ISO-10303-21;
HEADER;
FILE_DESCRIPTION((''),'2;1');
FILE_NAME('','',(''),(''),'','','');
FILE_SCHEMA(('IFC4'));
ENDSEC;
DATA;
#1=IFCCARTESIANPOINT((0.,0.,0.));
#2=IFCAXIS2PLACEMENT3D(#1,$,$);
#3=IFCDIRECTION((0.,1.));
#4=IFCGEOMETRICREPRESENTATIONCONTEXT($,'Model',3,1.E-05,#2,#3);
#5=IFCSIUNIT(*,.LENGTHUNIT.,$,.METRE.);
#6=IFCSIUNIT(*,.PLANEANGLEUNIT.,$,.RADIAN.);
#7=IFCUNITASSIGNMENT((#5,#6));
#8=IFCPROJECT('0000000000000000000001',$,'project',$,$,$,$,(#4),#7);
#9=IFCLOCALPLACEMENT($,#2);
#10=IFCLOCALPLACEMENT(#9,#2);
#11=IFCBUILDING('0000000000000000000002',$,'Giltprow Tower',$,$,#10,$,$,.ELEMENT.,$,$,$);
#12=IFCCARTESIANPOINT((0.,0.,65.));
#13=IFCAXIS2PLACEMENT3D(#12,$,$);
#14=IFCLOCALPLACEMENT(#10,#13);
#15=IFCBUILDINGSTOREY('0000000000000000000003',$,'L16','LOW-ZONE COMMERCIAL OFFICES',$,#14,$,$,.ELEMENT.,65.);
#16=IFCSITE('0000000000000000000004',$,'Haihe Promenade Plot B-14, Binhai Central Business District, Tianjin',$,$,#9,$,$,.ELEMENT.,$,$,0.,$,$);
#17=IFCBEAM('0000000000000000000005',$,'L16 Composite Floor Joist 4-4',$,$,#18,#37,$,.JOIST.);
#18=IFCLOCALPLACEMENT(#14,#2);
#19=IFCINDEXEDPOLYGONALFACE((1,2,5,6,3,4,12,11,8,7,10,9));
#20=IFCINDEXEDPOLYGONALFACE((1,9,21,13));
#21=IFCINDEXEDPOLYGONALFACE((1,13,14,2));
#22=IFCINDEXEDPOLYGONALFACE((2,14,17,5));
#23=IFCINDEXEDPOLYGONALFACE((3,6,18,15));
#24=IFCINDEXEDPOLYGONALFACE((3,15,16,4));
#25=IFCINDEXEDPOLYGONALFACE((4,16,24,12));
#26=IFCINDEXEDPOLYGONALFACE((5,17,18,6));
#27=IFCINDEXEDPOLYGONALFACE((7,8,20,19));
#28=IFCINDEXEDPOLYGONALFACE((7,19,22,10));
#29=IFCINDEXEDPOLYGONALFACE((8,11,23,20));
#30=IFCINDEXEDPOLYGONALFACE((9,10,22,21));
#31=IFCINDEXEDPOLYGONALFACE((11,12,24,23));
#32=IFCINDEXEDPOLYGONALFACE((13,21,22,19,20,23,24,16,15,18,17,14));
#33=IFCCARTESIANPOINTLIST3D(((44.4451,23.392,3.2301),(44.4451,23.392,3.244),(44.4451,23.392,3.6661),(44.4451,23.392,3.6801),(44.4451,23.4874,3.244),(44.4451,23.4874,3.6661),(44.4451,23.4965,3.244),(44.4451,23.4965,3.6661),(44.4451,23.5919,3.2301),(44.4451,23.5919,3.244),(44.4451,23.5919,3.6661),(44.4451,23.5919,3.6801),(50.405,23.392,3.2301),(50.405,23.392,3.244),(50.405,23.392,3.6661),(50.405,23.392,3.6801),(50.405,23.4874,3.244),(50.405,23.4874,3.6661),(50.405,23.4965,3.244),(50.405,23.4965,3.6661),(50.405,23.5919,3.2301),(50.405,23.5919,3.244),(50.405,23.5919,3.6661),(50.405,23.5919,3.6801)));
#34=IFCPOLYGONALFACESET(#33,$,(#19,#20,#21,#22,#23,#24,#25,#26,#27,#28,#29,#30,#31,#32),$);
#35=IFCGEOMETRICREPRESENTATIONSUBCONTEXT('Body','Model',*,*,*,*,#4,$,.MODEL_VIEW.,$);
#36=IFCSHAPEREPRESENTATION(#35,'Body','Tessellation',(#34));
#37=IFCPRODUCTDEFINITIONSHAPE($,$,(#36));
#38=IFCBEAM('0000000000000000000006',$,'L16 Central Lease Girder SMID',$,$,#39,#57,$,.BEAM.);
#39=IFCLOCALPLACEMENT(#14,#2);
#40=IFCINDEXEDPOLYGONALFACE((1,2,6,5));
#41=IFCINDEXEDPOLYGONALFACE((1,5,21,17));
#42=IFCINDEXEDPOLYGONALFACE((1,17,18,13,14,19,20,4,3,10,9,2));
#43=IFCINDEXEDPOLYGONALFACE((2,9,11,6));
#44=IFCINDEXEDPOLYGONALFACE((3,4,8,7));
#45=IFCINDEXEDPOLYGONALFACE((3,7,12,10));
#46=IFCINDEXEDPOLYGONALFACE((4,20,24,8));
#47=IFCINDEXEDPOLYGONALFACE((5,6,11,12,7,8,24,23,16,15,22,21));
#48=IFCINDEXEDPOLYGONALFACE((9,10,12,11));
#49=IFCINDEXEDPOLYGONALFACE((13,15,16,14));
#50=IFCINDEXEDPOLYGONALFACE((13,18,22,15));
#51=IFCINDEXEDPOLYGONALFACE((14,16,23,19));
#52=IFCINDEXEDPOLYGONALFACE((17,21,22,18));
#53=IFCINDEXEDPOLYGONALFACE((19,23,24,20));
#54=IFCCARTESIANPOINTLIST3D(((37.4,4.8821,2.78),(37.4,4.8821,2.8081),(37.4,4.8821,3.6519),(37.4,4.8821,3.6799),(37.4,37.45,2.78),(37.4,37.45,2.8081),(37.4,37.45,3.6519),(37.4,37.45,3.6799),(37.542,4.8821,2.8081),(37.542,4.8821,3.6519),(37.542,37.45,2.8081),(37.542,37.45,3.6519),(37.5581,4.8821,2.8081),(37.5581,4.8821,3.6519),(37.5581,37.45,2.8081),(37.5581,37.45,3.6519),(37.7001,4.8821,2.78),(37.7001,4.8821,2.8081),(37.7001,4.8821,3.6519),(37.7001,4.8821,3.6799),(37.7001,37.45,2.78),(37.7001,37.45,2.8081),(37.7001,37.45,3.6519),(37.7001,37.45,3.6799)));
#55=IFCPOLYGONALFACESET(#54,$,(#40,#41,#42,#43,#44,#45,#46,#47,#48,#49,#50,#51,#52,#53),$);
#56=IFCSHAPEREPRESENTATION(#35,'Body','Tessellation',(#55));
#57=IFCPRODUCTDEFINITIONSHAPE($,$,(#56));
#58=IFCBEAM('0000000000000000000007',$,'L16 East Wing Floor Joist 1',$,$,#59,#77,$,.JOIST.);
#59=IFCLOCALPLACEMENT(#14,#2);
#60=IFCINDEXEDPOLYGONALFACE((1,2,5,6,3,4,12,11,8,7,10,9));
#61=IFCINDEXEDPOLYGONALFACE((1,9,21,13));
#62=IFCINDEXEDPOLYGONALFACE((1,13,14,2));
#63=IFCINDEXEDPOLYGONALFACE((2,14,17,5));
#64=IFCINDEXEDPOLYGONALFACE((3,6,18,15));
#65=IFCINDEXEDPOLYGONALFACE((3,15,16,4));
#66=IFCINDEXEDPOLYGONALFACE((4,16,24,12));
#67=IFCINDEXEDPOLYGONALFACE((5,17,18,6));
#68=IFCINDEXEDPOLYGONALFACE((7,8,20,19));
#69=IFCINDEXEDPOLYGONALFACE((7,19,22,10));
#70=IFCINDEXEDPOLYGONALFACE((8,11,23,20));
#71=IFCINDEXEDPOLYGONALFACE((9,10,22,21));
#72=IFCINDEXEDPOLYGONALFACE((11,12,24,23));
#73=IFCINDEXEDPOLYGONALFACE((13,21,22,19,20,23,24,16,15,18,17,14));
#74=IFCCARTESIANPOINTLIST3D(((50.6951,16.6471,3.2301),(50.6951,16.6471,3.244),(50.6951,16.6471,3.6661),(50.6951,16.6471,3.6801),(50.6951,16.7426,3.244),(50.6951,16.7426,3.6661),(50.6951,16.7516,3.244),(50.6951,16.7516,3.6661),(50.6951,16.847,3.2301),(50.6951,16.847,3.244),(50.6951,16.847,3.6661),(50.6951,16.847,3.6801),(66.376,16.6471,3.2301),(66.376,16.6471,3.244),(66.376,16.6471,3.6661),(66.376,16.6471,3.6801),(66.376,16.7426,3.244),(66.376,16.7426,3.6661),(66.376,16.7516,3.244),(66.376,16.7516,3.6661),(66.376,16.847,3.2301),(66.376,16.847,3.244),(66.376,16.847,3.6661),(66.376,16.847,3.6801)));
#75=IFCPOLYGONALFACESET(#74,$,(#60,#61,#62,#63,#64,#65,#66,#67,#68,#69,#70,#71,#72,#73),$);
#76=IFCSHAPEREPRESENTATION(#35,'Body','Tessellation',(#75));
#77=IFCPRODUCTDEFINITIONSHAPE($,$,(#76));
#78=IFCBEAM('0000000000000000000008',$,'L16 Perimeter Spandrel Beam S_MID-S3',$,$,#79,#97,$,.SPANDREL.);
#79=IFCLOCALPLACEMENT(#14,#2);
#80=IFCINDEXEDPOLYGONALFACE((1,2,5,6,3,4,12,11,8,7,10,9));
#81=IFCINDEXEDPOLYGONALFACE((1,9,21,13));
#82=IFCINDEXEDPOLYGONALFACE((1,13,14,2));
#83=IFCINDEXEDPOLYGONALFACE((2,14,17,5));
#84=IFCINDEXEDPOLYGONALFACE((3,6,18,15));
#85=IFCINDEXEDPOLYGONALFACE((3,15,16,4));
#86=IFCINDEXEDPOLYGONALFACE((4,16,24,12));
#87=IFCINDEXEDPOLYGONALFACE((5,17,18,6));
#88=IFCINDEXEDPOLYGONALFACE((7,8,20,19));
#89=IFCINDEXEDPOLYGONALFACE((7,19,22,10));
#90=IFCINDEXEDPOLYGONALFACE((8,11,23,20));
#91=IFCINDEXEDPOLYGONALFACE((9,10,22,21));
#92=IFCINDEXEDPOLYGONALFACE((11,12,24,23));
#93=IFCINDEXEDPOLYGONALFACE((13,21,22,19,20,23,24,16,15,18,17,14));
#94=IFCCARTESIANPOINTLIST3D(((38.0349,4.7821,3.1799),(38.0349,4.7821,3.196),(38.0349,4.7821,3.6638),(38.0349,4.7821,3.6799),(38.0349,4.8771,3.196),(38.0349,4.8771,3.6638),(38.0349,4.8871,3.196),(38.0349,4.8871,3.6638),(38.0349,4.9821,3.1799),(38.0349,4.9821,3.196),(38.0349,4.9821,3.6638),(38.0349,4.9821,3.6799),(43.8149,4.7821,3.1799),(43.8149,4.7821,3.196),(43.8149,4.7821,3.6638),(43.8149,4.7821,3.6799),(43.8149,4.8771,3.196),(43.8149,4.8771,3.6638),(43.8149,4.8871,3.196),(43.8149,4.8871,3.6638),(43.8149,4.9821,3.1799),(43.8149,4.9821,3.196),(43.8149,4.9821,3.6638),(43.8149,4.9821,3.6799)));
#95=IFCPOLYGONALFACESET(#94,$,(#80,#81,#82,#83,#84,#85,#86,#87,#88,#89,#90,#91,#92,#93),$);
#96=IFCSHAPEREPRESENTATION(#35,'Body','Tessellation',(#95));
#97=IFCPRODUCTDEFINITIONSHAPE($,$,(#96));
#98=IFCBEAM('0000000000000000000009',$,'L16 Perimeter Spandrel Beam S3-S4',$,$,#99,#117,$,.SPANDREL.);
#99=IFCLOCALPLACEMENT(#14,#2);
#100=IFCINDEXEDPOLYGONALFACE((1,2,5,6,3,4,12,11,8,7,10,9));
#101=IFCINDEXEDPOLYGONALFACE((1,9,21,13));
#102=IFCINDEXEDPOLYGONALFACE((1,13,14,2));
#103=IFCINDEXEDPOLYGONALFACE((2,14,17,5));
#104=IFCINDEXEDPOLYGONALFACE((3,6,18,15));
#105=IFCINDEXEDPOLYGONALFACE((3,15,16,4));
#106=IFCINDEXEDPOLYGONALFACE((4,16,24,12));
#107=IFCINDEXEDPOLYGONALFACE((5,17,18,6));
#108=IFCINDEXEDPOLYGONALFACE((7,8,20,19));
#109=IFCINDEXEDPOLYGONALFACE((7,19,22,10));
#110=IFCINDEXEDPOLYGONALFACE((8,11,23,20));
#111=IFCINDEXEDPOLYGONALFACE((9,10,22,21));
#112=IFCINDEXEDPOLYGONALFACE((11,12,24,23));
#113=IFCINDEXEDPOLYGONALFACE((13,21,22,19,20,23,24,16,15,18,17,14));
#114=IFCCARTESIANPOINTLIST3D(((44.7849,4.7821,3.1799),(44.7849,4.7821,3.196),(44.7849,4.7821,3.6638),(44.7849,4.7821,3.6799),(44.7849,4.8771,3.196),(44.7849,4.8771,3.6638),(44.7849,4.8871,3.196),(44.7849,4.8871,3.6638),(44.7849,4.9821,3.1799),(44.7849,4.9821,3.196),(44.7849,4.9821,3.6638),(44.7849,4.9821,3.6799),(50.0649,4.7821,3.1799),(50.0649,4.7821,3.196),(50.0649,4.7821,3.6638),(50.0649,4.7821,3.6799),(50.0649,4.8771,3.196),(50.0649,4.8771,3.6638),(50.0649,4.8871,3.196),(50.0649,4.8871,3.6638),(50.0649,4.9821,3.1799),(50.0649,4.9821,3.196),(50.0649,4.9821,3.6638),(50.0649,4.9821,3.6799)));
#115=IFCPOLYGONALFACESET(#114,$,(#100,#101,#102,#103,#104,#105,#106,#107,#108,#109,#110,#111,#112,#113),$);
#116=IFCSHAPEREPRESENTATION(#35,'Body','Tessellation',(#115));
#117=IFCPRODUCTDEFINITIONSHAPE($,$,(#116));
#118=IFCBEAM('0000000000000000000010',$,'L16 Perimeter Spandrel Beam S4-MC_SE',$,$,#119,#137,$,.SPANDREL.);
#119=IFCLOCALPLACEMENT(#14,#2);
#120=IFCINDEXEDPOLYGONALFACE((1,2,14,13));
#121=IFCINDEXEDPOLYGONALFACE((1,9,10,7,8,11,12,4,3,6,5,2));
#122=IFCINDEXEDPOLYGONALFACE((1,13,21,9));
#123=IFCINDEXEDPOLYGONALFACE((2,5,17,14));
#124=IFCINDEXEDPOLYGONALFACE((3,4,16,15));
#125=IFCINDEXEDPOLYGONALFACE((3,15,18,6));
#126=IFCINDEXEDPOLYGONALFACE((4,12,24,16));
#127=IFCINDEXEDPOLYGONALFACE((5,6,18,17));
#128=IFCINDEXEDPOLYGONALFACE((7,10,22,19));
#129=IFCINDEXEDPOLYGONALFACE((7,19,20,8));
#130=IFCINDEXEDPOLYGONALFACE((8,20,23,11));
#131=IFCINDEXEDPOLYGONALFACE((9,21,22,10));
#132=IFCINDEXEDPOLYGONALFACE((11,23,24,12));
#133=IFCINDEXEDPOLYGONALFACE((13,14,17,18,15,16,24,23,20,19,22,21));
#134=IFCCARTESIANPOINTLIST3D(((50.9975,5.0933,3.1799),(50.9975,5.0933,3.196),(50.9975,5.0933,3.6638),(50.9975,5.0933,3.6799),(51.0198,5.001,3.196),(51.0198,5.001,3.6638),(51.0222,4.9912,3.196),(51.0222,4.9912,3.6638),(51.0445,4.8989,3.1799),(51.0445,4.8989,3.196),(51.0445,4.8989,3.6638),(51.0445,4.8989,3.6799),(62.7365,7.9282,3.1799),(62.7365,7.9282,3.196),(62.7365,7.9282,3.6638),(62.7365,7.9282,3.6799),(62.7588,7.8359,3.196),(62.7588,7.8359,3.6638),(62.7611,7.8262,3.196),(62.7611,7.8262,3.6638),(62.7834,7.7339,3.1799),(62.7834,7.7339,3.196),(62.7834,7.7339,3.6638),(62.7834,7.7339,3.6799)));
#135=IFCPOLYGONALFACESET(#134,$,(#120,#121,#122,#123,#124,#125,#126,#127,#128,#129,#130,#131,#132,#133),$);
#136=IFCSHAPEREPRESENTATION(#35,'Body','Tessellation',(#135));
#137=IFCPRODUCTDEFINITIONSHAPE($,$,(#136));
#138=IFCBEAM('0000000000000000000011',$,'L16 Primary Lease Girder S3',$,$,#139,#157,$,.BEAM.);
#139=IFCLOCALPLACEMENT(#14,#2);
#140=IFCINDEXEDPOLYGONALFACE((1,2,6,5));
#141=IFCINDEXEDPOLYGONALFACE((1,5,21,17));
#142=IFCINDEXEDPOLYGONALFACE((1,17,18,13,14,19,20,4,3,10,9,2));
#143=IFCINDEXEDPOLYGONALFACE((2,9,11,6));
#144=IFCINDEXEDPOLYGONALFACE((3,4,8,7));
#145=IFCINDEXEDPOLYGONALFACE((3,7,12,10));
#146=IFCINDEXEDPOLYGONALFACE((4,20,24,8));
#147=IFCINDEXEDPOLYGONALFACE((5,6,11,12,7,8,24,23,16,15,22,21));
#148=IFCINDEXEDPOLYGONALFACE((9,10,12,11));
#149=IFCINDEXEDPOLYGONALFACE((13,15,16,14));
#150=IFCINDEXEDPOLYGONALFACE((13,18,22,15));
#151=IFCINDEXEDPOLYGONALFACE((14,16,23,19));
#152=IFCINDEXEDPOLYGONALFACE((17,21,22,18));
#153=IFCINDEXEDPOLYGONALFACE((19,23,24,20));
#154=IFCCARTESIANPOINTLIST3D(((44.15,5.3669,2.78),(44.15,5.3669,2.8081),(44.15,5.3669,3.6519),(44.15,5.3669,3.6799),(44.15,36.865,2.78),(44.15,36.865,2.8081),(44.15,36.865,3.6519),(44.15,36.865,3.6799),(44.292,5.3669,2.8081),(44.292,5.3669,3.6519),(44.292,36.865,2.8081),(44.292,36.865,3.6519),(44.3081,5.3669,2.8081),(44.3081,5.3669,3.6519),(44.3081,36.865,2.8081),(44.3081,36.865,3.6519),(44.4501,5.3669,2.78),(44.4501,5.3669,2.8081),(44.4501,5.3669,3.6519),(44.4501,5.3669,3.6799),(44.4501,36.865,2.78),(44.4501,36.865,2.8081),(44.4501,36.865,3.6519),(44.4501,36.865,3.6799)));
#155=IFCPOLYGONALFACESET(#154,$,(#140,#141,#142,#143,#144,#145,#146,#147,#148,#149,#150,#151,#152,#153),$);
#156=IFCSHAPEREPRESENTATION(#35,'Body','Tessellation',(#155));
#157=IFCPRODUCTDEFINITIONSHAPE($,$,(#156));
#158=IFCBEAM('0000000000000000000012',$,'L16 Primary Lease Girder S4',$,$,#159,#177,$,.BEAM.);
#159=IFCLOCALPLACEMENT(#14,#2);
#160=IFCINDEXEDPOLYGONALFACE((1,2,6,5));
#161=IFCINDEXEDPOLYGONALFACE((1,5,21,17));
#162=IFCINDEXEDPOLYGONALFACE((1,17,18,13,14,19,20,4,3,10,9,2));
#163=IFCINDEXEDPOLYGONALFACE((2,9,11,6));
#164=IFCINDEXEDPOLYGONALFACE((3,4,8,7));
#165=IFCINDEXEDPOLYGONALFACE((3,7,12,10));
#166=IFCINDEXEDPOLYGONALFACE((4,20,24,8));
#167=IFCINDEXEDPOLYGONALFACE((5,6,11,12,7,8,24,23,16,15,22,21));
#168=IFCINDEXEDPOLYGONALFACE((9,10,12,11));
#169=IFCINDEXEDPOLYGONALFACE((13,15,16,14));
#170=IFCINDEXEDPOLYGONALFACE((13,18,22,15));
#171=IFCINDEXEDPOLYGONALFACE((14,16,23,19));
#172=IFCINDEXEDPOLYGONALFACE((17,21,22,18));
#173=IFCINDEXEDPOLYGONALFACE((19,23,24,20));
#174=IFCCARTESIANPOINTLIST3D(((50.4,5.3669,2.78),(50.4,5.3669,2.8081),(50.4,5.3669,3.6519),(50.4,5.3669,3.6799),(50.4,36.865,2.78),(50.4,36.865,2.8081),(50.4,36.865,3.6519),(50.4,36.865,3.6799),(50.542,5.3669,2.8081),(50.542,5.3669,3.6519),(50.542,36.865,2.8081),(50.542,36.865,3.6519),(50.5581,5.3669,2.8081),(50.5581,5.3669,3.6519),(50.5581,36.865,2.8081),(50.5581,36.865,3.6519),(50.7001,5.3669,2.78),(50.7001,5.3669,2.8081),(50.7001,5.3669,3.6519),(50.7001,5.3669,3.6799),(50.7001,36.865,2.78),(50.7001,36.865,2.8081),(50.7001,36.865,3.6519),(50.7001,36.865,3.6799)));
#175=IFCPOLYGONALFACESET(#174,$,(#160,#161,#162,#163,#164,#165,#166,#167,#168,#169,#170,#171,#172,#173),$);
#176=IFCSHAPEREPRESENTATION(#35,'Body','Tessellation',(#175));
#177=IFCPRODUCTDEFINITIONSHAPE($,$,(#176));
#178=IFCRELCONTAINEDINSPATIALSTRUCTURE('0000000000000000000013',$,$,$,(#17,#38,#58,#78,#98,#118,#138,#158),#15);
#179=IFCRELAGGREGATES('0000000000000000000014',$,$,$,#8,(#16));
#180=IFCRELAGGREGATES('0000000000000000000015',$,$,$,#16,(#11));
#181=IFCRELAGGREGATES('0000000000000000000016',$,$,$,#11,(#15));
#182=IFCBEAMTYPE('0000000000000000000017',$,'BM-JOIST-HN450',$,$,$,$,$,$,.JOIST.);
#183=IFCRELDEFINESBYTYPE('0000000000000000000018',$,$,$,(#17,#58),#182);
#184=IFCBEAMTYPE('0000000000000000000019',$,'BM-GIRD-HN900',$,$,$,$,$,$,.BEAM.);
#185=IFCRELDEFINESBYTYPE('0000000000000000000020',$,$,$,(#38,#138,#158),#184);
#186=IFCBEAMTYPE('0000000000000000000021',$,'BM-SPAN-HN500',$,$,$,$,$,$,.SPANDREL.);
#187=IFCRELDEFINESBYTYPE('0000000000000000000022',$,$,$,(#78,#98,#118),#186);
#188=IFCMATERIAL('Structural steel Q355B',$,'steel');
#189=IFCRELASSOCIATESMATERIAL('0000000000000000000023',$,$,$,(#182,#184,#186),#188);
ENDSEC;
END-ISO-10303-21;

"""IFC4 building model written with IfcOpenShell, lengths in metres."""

from ifc_helpers import new_model, si_unit, direction, frame, origin, origin_2d, place, context, subcontext, project, spatial, i_section, extrude, source, transform, mapped, material, material_profile, profile_set, type_object, element, save


model = new_model("IFC4")

# Units and contexts
model_context = context("Model", 3, precision=1e-05, world=origin(), true_north=direction((0.0, 1.0)))
body_context = subcontext(model_context, "Body", "Model", "MODEL_VIEW")
ifc_project = project(units=[si_unit("LENGTHUNIT", "METRE"), si_unit("PLANEANGLEUNIT", "RADIAN")], contexts=[model_context])

# Site, building, storey
site_placement = place(None, origin())
site = spatial("IfcSite", under=ifc_project, at=site_placement, Name="Haihe Promenade Plot B-14, Binhai Central Business District, Tianjin", CompositionType="ELEMENT", RefElevation=0.0)
building_placement = place(site_placement, origin())
building = spatial("IfcBuilding", under=site, at=building_placement, Name="Giltprow Tower", CompositionType="ELEMENT")
storey_placement = place(building_placement, frame((0.0, 0.0, 65.0)))
storey = spatial("IfcBuildingStorey", under=building, at=storey_placement, Name="L16", Description="LOW-ZONE COMMERCIAL OFFICES", CompositionType="ELEMENT", Elevation=65.0)

# Beams
ifc_material_1 = material(Name="Structural steel Q355B", Category="steel")
ifc_material_profile_1 = material_profile(ifc_material_1, i_section(OverallWidth=0.2, OverallDepth=0.45, WebThickness=0.009, FlangeThickness=0.0139, at=origin_2d()), Name="HN 450x200x9x14")
ifc_profile_set_1 = profile_set([ifc_material_profile_1], Name="Structural steel Q355B")
beam_type_1 = type_object("IfcBeamType", Name="BM-JOIST-HN450", PredefinedType="JOIST", material=ifc_profile_set_1)
shared_shape_1 = source(origin(), body_context, "Body", "SweptSolid", [
    extrude(i_section(OverallWidth=0.2, OverallDepth=0.45, WebThickness=0.009, FlangeThickness=0.0139, at=origin_2d()), origin(), (0.0, 0.0, 1.0), 5.96),
])
for number, where, z_axis, x_axis, name in (
    (1, (44.4451, 23.4919, 3.4551), (1.0, 0.0, 0.0), (0.0, 1.0, 0.0), "L16 Composite Floor Joist 4-4"),
):
    element("IfcBeam", number, at=place(storey_placement, frame(where, z_axis=z_axis, x_axis=x_axis)), inside=storey, type_object=beam_type_1, Name=name, PredefinedType="JOIST", context=body_context, shape_type="MappedRepresentation", body=[
        mapped(shared_shape_1, transform((0.0, 0.0, 0.0), x_axis=(1.0, 0.0, 0.0), y_axis=(0.0, 1.0, 0.0), z_axis=(0.0, 0.0, 1.0), scale=1.0)),
    ])
ifc_material_profile_2 = material_profile(ifc_material_1, i_section(OverallWidth=0.3, OverallDepth=0.8999, WebThickness=0.0161, FlangeThickness=0.0281, at=origin_2d()), Name="HN 900x300x16x28")
ifc_profile_set_2 = profile_set([ifc_material_profile_2], Name="Structural steel Q355B")
beam_type_2 = type_object("IfcBeamType", Name="BM-GIRD-HN900", PredefinedType="BEAM", material=ifc_profile_set_2)
shared_shape_2 = source(origin(), body_context, "Body", "SweptSolid", [
    extrude(i_section(OverallWidth=0.3, OverallDepth=0.8999, WebThickness=0.0161, FlangeThickness=0.0281, at=origin_2d()), origin(), (0.0, 0.0, 1.0), 32.5679),
])
beam_1_placement = place(storey_placement, frame((37.55, 4.8821, 3.23), z_axis=(0.0, 1.0, 0.0), x_axis=(-1.0, 0.0, 0.0)))
element("IfcBeam", 2, at=beam_1_placement, inside=storey, type_object=beam_type_2, Name="L16 Central Lease Girder SMID", PredefinedType="BEAM", context=body_context, shape_type="MappedRepresentation", body=[
    mapped(shared_shape_2, transform((0.0, 0.0, 0.0), x_axis=(1.0, 0.0, 0.0), y_axis=(0.0, 1.0, 0.0), z_axis=(0.0, 0.0, 1.0), scale=1.0)),
])
shared_shape_3 = source(origin(), body_context, "Body", "SweptSolid", [
    extrude(i_section(OverallWidth=0.2, OverallDepth=0.45, WebThickness=0.009, FlangeThickness=0.0139, at=origin_2d()), origin(), (0.0, 0.0, 1.0), 15.6809),
])
beam_2_placement = place(storey_placement, frame((50.6951, 16.7471, 3.4551), z_axis=(1.0, 0.0, 0.0), x_axis=(0.0, 1.0, 0.0)))
element("IfcBeam", 3, at=beam_2_placement, inside=storey, type_object=beam_type_1, Name="L16 East Wing Floor Joist 1", PredefinedType="JOIST", context=body_context, shape_type="MappedRepresentation", body=[
    mapped(shared_shape_3, transform((0.0, 0.0, 0.0), x_axis=(1.0, 0.0, 0.0), y_axis=(0.0, 1.0, 0.0), z_axis=(0.0, 0.0, 1.0), scale=1.0)),
])
ifc_material_profile_3 = material_profile(ifc_material_1, i_section(OverallWidth=0.2, OverallDepth=0.5, WebThickness=0.01, FlangeThickness=0.0161, at=origin_2d()), Name="HN 500x200x10x16")
ifc_profile_set_3 = profile_set([ifc_material_profile_3], Name="Structural steel Q355B")
beam_type_3 = type_object("IfcBeamType", Name="BM-SPAN-HN500", PredefinedType="SPANDREL", material=ifc_profile_set_3)
shared_shape_4 = source(origin(), body_context, "Body", "SweptSolid", [
    extrude(i_section(OverallWidth=0.2, OverallDepth=0.5, WebThickness=0.01, FlangeThickness=0.0161, at=origin_2d()), origin(), (0.0, 0.0, 1.0), 5.78),
])
beam_3_placement = place(storey_placement, frame((38.0349, 4.8821, 3.4299), z_axis=(1.0, 0.0, 0.0), x_axis=(0.0, 1.0, 0.0)))
element("IfcBeam", 4, at=beam_3_placement, inside=storey, type_object=beam_type_3, Name="L16 Perimeter Spandrel Beam S_MID-S3", PredefinedType="SPANDREL", context=body_context, shape_type="MappedRepresentation", body=[
    mapped(shared_shape_4, transform((0.0, 0.0, 0.0), x_axis=(1.0, 0.0, 0.0), y_axis=(0.0, 1.0, 0.0), z_axis=(0.0, 0.0, 1.0), scale=1.0)),
])
shared_shape_5 = source(origin(), body_context, "Body", "SweptSolid", [
    extrude(i_section(OverallWidth=0.2, OverallDepth=0.5, WebThickness=0.01, FlangeThickness=0.0161, at=origin_2d()), origin(), (0.0, 0.0, 1.0), 5.28),
])
beam_4_placement = place(storey_placement, frame((44.7849, 4.8821, 3.4299), z_axis=(1.0, 0.0, 0.0), x_axis=(0.0, 1.0, 0.0)))
element("IfcBeam", 5, at=beam_4_placement, inside=storey, type_object=beam_type_3, Name="L16 Perimeter Spandrel Beam S3-S4", PredefinedType="SPANDREL", context=body_context, shape_type="MappedRepresentation", body=[
    mapped(shared_shape_5, transform((0.0, 0.0, 0.0), x_axis=(1.0, 0.0, 0.0), y_axis=(0.0, 1.0, 0.0), z_axis=(0.0, 0.0, 1.0), scale=1.0)),
])
shared_shape_6 = source(origin(), body_context, "Body", "SweptSolid", [
    extrude(i_section(OverallWidth=0.2, OverallDepth=0.5, WebThickness=0.01, FlangeThickness=0.0161, at=origin_2d()), origin(), (0.0, 0.0, 1.0), 12.0764),
])
beam_5_placement = place(storey_placement, frame((51.021, 4.9961, 3.4299), z_axis=(0.972056, 0.234751, 0.0), x_axis=(-0.234751, 0.972056, 0.0)))
element("IfcBeam", 6, at=beam_5_placement, inside=storey, type_object=beam_type_3, Name="L16 Perimeter Spandrel Beam S4-MC_SE", PredefinedType="SPANDREL", context=body_context, shape_type="MappedRepresentation", body=[
    mapped(shared_shape_6, transform((0.0, 0.0, 0.0), x_axis=(1.0, 0.0, 0.0), y_axis=(0.0, 1.0, 0.0), z_axis=(0.0, 0.0, 1.0), scale=1.0)),
])
shared_shape_7 = source(origin(), body_context, "Body", "SweptSolid", [
    extrude(i_section(OverallWidth=0.3, OverallDepth=0.8999, WebThickness=0.0161, FlangeThickness=0.0281, at=origin_2d()), origin(), (0.0, 0.0, 1.0), 31.498),
])
for number, where, z_axis, x_axis, name in (
    (7, (44.3, 5.3669, 3.23), (0.0, 1.0, 0.0), (-1.0, 0.0, 0.0), "L16 Primary Lease Girder S3"),
    (8, (50.55, 5.3669, 3.23), (0.0, 1.0, 0.0), (-1.0, 0.0, 0.0), "L16 Primary Lease Girder S4"),
):
    element("IfcBeam", number, at=place(storey_placement, frame(where, z_axis=z_axis, x_axis=x_axis)), inside=storey, type_object=beam_type_2, Name=name, PredefinedType="BEAM", context=body_context, shape_type="MappedRepresentation", body=[
        mapped(shared_shape_7, transform((0.0, 0.0, 0.0), x_axis=(1.0, 0.0, 0.0), y_axis=(0.0, 1.0, 0.0), z_axis=(0.0, 0.0, 1.0), scale=1.0)),
    ])

save(model, "model.ifc")
